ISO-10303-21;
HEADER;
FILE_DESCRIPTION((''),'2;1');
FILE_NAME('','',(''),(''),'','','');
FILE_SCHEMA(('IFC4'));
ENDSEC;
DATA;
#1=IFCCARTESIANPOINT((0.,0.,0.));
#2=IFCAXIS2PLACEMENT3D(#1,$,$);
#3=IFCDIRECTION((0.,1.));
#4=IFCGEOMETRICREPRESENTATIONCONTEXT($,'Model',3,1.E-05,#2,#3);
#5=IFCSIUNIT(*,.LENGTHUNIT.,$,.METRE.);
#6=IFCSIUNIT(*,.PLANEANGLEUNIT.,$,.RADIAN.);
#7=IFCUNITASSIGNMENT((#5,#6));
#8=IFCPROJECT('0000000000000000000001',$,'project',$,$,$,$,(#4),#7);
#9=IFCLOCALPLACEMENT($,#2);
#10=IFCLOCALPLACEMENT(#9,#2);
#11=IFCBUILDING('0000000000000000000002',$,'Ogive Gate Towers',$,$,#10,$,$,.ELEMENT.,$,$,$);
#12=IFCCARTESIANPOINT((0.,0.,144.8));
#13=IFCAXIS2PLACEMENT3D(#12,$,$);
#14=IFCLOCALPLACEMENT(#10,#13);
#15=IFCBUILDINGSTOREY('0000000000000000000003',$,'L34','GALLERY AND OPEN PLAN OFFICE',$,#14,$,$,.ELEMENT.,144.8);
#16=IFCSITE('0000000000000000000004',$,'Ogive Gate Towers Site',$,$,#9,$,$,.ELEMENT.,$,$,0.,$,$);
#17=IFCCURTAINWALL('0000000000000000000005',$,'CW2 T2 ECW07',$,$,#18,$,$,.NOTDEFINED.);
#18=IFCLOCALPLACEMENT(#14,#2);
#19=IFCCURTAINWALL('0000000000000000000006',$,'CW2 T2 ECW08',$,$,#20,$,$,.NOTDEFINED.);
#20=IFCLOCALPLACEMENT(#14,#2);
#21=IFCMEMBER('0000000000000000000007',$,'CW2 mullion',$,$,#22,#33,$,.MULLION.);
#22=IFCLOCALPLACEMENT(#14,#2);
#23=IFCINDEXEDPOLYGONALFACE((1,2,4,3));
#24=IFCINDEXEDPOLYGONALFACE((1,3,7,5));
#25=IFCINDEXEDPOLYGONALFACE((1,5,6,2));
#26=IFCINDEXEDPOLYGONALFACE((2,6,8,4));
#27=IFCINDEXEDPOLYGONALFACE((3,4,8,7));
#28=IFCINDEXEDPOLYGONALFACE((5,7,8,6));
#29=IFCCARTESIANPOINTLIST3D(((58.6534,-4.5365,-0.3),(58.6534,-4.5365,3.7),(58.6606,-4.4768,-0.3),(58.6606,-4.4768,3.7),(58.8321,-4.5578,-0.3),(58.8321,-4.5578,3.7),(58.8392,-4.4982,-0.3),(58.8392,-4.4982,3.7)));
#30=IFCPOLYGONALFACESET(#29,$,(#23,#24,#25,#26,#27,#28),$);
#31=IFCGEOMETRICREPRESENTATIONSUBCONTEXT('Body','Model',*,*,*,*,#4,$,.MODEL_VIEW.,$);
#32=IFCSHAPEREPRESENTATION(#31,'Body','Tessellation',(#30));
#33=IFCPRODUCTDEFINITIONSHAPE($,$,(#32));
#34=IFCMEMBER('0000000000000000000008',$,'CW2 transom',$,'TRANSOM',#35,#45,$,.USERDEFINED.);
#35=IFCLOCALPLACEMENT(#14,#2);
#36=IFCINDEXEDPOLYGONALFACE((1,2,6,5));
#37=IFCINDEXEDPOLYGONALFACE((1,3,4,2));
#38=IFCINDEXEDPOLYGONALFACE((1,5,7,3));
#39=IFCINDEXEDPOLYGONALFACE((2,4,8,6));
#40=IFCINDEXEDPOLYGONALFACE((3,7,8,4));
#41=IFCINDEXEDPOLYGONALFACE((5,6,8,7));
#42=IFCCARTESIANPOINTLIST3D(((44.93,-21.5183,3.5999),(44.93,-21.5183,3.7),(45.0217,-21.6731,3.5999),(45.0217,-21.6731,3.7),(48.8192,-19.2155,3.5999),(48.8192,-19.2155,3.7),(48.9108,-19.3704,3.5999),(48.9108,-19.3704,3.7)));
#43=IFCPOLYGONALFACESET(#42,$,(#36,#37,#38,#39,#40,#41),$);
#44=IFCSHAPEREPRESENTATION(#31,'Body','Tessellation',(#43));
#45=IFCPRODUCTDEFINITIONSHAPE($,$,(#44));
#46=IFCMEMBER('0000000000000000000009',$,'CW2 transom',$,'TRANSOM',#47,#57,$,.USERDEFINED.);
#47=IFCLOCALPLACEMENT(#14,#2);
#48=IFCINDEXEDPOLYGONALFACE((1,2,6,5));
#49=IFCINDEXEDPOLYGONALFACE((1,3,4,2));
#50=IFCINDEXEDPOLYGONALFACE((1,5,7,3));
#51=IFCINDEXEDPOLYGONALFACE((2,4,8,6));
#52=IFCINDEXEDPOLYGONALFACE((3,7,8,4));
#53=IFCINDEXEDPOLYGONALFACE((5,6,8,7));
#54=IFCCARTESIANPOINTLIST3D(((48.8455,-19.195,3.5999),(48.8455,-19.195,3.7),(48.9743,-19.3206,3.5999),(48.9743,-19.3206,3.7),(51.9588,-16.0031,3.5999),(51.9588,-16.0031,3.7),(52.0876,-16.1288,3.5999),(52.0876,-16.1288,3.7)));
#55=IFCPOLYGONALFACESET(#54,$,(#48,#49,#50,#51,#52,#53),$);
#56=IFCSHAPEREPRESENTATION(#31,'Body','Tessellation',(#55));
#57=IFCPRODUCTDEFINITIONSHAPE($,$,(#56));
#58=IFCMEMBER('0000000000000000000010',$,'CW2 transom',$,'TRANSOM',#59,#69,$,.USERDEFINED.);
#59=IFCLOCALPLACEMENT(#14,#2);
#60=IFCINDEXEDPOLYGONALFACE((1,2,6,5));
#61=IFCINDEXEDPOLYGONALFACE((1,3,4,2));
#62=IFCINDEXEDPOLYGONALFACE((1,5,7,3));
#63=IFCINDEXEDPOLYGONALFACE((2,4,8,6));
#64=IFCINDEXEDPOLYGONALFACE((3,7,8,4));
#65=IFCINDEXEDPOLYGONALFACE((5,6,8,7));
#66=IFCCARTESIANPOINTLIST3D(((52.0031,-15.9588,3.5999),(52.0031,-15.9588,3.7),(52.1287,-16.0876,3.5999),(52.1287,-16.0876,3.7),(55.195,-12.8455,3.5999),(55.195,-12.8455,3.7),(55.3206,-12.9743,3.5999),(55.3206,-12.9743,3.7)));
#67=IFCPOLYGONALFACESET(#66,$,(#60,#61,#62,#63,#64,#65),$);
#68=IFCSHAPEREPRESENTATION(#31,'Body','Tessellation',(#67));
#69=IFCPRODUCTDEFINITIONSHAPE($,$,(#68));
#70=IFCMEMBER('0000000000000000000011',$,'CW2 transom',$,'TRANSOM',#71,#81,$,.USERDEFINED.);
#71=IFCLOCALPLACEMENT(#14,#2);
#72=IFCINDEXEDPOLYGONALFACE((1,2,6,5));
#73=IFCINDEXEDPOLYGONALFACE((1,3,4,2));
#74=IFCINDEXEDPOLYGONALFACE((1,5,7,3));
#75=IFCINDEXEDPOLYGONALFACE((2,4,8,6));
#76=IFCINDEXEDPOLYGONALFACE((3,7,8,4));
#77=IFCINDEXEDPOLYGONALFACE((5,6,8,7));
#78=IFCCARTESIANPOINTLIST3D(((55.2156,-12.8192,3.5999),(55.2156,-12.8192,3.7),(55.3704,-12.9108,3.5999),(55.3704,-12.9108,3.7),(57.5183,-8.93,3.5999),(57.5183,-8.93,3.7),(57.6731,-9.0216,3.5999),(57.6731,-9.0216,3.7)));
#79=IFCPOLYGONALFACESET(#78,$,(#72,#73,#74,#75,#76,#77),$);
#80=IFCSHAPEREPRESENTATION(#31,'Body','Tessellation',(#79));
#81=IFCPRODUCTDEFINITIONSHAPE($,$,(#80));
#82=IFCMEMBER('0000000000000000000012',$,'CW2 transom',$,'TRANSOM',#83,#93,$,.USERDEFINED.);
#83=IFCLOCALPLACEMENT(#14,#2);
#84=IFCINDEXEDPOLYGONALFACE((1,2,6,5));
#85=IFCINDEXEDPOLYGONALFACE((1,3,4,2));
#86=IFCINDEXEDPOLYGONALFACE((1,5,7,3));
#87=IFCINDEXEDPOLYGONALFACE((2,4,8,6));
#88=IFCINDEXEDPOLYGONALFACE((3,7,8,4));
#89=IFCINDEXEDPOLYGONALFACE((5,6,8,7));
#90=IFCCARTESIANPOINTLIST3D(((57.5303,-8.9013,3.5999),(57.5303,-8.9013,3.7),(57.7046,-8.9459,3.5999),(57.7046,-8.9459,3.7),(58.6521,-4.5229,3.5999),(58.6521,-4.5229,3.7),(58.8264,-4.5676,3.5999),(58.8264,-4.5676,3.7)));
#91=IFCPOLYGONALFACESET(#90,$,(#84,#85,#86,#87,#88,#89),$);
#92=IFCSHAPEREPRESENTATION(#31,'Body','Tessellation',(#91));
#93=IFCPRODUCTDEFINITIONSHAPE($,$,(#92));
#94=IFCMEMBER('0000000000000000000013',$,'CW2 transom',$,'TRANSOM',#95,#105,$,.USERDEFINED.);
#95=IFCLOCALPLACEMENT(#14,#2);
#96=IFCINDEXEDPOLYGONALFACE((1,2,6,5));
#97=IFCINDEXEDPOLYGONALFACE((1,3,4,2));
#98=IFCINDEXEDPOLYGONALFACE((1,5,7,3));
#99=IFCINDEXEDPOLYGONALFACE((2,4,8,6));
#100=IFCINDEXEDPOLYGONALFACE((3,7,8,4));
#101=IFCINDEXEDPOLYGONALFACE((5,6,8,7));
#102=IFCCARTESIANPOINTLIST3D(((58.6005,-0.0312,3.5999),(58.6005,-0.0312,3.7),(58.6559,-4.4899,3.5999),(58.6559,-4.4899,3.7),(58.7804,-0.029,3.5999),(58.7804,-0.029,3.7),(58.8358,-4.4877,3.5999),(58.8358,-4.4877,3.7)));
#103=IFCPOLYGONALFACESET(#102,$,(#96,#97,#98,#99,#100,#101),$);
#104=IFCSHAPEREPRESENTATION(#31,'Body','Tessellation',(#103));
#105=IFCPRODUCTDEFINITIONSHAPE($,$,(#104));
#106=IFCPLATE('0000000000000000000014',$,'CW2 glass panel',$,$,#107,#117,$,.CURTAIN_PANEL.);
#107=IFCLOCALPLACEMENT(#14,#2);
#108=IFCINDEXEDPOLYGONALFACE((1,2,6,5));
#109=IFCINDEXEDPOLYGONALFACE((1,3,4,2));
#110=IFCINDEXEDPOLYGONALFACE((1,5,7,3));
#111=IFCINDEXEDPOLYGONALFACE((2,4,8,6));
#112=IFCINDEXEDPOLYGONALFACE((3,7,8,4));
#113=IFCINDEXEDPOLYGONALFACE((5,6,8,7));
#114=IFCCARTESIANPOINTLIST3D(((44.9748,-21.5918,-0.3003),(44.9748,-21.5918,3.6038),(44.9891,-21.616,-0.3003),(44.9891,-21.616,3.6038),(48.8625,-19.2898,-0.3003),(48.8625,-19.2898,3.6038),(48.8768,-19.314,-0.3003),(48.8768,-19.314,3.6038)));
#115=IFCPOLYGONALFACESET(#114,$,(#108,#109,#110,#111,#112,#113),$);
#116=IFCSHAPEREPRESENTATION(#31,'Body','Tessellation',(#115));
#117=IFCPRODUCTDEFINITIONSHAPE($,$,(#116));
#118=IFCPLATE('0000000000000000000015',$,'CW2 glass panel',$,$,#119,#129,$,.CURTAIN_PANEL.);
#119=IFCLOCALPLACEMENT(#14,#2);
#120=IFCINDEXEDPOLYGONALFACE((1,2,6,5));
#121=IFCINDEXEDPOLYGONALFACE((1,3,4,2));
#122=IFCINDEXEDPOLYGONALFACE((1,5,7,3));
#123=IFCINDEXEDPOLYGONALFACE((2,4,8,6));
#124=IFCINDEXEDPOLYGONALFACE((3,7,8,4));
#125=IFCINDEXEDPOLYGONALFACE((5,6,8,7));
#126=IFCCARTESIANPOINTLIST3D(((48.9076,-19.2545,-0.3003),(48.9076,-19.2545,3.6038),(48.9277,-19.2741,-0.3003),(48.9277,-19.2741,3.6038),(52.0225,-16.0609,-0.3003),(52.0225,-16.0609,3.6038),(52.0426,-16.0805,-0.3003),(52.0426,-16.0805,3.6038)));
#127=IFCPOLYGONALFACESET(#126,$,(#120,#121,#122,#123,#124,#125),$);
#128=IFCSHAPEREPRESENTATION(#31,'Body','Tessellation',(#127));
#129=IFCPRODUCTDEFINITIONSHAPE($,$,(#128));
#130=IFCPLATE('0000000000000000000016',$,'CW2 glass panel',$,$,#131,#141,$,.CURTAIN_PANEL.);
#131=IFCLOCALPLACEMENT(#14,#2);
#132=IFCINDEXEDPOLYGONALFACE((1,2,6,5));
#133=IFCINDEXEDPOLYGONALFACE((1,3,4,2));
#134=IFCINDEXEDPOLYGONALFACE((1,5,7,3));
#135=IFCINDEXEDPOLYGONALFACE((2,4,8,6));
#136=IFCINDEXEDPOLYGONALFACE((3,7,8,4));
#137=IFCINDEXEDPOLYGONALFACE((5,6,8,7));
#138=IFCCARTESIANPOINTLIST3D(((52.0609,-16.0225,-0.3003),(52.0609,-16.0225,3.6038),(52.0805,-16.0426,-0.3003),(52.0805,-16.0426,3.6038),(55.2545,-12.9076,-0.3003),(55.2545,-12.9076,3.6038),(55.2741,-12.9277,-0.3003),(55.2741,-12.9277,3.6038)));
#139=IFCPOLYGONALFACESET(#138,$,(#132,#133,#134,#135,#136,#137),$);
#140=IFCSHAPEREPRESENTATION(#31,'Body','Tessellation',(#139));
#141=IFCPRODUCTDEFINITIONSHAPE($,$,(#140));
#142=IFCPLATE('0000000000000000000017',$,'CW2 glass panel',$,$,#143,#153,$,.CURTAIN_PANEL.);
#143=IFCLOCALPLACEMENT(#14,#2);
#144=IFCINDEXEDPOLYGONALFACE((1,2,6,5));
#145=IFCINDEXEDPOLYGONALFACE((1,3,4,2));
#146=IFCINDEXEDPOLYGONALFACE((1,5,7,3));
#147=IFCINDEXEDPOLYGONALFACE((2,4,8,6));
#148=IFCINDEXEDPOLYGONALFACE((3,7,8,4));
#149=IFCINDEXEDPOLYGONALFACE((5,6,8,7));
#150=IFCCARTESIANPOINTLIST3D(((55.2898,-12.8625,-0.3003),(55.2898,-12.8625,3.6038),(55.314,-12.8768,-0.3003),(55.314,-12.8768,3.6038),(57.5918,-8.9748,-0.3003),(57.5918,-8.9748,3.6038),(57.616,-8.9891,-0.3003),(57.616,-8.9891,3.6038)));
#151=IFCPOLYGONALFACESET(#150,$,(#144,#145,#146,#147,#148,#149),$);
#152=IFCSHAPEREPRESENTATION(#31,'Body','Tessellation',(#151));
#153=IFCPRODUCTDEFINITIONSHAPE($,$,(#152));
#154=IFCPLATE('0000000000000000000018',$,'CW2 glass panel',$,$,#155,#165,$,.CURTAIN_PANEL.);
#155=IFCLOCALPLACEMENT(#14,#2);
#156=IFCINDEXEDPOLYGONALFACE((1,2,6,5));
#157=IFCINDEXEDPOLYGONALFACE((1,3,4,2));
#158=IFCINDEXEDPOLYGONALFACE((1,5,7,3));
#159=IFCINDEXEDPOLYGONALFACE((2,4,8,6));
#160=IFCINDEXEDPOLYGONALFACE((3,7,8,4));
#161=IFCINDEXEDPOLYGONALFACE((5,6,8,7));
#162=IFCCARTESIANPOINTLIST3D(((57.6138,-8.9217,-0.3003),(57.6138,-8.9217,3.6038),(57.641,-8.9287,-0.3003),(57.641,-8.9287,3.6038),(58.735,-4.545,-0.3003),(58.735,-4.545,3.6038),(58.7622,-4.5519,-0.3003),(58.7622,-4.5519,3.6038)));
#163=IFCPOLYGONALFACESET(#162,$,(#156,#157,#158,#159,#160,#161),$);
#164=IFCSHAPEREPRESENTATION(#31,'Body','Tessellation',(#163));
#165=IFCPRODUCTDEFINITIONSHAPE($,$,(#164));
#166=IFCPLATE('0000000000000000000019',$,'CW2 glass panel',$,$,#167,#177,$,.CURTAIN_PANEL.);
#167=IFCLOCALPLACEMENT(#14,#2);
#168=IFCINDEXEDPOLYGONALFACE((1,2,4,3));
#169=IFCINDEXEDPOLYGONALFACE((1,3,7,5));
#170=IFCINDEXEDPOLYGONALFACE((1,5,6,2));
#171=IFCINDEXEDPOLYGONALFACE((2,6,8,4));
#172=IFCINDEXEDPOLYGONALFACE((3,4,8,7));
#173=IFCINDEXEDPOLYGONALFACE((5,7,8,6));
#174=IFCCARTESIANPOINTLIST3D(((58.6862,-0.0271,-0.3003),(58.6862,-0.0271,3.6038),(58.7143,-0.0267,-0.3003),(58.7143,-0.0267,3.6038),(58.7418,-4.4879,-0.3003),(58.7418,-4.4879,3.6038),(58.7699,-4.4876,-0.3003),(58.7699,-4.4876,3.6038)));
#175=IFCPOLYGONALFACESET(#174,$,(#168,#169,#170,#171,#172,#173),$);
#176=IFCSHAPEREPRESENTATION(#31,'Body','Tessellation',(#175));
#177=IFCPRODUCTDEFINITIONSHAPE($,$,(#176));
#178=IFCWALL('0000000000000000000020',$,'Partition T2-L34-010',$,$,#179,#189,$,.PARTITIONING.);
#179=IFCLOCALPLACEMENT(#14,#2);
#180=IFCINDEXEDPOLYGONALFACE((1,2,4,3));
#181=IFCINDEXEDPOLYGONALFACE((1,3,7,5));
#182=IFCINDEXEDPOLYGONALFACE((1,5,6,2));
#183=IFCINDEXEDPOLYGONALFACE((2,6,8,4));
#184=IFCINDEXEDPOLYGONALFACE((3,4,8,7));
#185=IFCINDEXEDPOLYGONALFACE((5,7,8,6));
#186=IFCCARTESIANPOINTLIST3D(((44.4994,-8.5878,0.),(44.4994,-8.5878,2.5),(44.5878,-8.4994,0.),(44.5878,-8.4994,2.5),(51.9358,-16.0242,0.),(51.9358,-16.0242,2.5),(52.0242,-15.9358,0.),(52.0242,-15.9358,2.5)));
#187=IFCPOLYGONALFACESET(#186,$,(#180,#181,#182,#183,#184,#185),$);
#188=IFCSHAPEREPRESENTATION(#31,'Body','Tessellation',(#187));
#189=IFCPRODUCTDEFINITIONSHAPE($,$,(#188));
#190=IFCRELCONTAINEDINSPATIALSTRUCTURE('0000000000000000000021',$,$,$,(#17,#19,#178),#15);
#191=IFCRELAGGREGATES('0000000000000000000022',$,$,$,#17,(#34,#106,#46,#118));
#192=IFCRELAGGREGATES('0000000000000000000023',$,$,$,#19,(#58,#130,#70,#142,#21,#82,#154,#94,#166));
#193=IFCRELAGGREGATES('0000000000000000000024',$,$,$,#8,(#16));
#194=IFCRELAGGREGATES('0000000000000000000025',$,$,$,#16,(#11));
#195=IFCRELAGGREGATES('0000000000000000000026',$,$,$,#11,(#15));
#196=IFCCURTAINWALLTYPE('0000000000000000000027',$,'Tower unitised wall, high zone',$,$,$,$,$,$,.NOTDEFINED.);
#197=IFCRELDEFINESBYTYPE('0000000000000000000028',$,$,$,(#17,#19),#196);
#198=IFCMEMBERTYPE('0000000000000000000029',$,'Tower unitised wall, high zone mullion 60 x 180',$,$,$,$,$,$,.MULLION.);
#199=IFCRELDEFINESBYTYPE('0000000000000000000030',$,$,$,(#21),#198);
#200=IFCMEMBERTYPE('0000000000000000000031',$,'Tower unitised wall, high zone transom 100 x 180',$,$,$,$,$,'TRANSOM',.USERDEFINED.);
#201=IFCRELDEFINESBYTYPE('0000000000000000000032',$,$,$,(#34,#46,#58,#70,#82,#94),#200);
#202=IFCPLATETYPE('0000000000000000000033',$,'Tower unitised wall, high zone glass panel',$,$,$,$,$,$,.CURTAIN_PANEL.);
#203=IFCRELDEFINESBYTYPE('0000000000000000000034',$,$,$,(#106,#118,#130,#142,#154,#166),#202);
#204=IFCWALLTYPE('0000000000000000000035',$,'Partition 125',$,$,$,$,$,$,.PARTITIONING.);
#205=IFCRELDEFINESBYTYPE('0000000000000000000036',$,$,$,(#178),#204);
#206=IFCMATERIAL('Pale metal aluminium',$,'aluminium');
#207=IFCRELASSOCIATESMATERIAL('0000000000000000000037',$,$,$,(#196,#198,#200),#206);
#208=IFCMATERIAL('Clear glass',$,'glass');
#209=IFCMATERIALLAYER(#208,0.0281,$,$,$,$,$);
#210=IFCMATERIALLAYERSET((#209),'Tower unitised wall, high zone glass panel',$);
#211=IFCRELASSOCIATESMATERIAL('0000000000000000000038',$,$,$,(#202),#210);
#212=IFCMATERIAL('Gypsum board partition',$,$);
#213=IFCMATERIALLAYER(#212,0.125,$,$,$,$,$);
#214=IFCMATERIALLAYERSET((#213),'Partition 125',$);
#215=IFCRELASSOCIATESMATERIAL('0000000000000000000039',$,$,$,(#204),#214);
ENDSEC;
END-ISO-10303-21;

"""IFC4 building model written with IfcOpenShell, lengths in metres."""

from ifc_helpers import new_model, si_unit, direction, frame, frame_2d, origin, origin_2d, place, context, subcontext, project, spatial, rectangle, extrude, material, layer, layer_set, material_profile, profile_set, type_object, element, aggregate, save


model = new_model("IFC4")

# Units and contexts
model_context = context("Model", 3, precision=1e-05, world=origin(), true_north=direction((0.0, 1.0)))
body_context = subcontext(model_context, "Body", "Model", "MODEL_VIEW")
ifc_project = project(units=[si_unit("LENGTHUNIT", "METRE"), si_unit("PLANEANGLEUNIT", "RADIAN")], contexts=[model_context])

# Site, building, storey
site_placement = place(None, origin())
site = spatial("IfcSite", under=ifc_project, at=site_placement, Name="Ogive Gate Towers Site", CompositionType="ELEMENT", RefElevation=0.0)
building_placement = place(site_placement, origin())
building = spatial("IfcBuilding", under=site, at=building_placement, Name="Ogive Gate Towers", CompositionType="ELEMENT")
storey_placement = place(building_placement, frame((0.0, 0.0, 144.8)))
storey = spatial("IfcBuildingStorey", under=building, at=storey_placement, Name="L34", Description="GALLERY AND OPEN PLAN OFFICE", CompositionType="ELEMENT", Elevation=144.8)

# Curtain walls, member
ifc_material_1 = material(Name="Pale metal aluminium", Category="aluminium")
curtain_wall_type = type_object("IfcCurtainWallType", Name="Tower unitised wall, high zone", PredefinedType="NOTDEFINED", material=ifc_material_1)
curtain_wall_1_placement = place(storey_placement, origin())
curtain_wall_1 = element("IfcCurtainWall", 1, at=curtain_wall_1_placement, inside=storey, type_object=curtain_wall_type, Name="CW2 T2 ECW07", PredefinedType="NOTDEFINED")
ifc_material_profile_1 = material_profile(ifc_material_1, rectangle(XDim=0.1799, YDim=0.0601, at=origin_2d()), Name="60 x 180 aluminium box")
ifc_profile_set_1 = profile_set([ifc_material_profile_1], Name="Pale metal aluminium")
member_type_1 = type_object("IfcMemberType", Name="Tower unitised wall, high zone mullion 60 x 180", PredefinedType="MULLION", material=ifc_profile_set_1)
curtain_wall_2_placement = place(storey_placement, origin())
curtain_wall_2 = element("IfcCurtainWall", 2, at=curtain_wall_2_placement, inside=storey, type_object=curtain_wall_type, Name="CW2 T2 ECW08", PredefinedType="NOTDEFINED")
member_1_placement = place(storey_placement, frame((58.7463, -4.5173, -0.3), z_axis=(0.0, 0.0, 1.0), x_axis=(0.992908, -0.118889, 0.0)))
member_1 = element("IfcMember", 3, at=member_1_placement, type_object=member_type_1, Name="CW2 mullion", PredefinedType="MULLION", context=body_context, shape_type="SweptSolid", body=[
    extrude(rectangle(XDim=0.1799, YDim=0.0601, at=origin_2d()), origin(), (0.0, 0.0, 1.0), 4.0),
])

# Members
ifc_material_profile_2 = material_profile(ifc_material_1, rectangle(XDim=0.1799, YDim=0.1001, at=origin_2d()), Name="100 x 180 aluminium box")
ifc_profile_set_2 = profile_set([ifc_material_profile_2], Name="Pale metal aluminium")
member_type_2 = type_object("IfcMemberType", Name="Tower unitised wall, high zone transom 100 x 180", ElementType="TRANSOM", PredefinedType="USERDEFINED", material=ifc_profile_set_2)
member_2_placement = place(storey_placement, frame((44.9758, -21.5957, 3.6499), z_axis=(0.860481, 0.509483, 0.0), x_axis=(-0.509483, 0.860481, 0.0)))
member_2 = element("IfcMember", 4, at=member_2_placement, type_object=member_type_2, Name="CW2 transom", ObjectType="TRANSOM", PredefinedType="USERDEFINED", context=body_context, shape_type="SweptSolid", body=[
    extrude(rectangle(XDim=0.1799, YDim=0.1001, at=origin_2d()), origin(), (0.0, 0.0, 1.0), 4.5198),
])
member_3_placement = place(storey_placement, frame((48.9099, -19.2578, 3.6499), z_axis=(0.698236, 0.715867, 0.0), x_axis=(-0.715867, 0.698236, 0.0)))
member_3 = element("IfcMember", 5, at=member_3_placement, type_object=member_type_2, Name="CW2 transom", ObjectType="TRANSOM", PredefinedType="USERDEFINED", context=body_context, shape_type="SweptSolid", body=[
    extrude(rectangle(XDim=0.1799, YDim=0.1001, at=origin_2d()), origin(), (0.0, 0.0, 1.0), 4.4587),
])
member_4_placement = place(storey_placement, frame((52.0659, -16.0232, 3.6499), z_axis=(0.715867, 0.698236, 0.0), x_axis=(-0.698236, 0.715867, 0.0)))
member_4 = element("IfcMember", 6, at=member_4_placement, type_object=member_type_2, Name="CW2 transom", ObjectType="TRANSOM", PredefinedType="USERDEFINED", context=body_context, shape_type="SweptSolid", body=[
    extrude(rectangle(XDim=0.1799, YDim=0.1001, at=origin_2d()), origin(), (0.0, 0.0, 1.0), 4.4587),
])
member_5_placement = place(storey_placement, frame((55.293, -12.865, 3.6499), z_axis=(0.509483, 0.860481, 0.0), x_axis=(-0.860481, 0.509483, 0.0)))
member_5 = element("IfcMember", 7, at=member_5_placement, type_object=member_type_2, Name="CW2 transom", ObjectType="TRANSOM", PredefinedType="USERDEFINED", context=body_context, shape_type="SweptSolid", body=[
    extrude(rectangle(XDim=0.1799, YDim=0.1001, at=origin_2d()), origin(), (0.0, 0.0, 1.0), 4.5198),
])
member_6_placement = place(storey_placement, frame((57.6174, -8.9236, 3.6499), z_axis=(0.2482, 0.968709, 0.0), x_axis=(-0.968709, 0.2482, 0.0)))
member_6 = element("IfcMember", 8, at=member_6_placement, type_object=member_type_2, Name="CW2 transom", ObjectType="TRANSOM", PredefinedType="USERDEFINED", context=body_context, shape_type="SweptSolid", body=[
    extrude(rectangle(XDim=0.1799, YDim=0.1001, at=origin_2d()), origin(), (0.0, 0.0, 1.0), 4.5198),
])
member_7_placement = place(storey_placement, frame((58.7458, -4.4888, 3.6499), z_axis=(-0.012429, 0.999923, 0.0), x_axis=(-0.999923, -0.012429, 0.0)))
member_7 = element("IfcMember", 9, at=member_7_placement, type_object=member_type_2, Name="CW2 transom", ObjectType="TRANSOM", PredefinedType="USERDEFINED", context=body_context, shape_type="SweptSolid", body=[
    extrude(rectangle(XDim=0.1799, YDim=0.1001, at=origin_2d()), origin(), (0.0, 0.0, 1.0), 4.459),
])

# Plates
ifc_material_2 = material(Name="Clear glass", Category="glass")
ifc_layer_1 = layer(ifc_material_2, 0.0281)
ifc_layer_set_1 = layer_set([ifc_layer_1], Name="Tower unitised wall, high zone glass panel")
plate_type = type_object("IfcPlateType", Name="Tower unitised wall, high zone glass panel", PredefinedType="CURTAIN_PANEL", material=ifc_layer_set_1)
plate_1_placement = place(storey_placement, frame((46.9258, -20.4529, -0.3003), z_axis=(0.0, 0.0, 1.0), x_axis=(0.860466, 0.509507, 0.0)))
plate_1 = element("IfcPlate", 10, at=plate_1_placement, type_object=plate_type, Name="CW2 glass panel", PredefinedType="CURTAIN_PANEL", context=body_context, shape_type="SweptSolid", body=[
    extrude(rectangle(XDim=4.5181, YDim=0.0281, at=origin_2d()), origin(), (0.0, 0.0, 1.0), 3.9041),
])
plate_2_placement = place(storey_placement, frame((50.4751, -17.6675, -0.3003), z_axis=(0.0, 0.0, 1.0), x_axis=(0.69824, 0.715863, 0.0)))
plate_2 = element("IfcPlate", 11, at=plate_2_placement, type_object=plate_type, Name="CW2 glass panel", PredefinedType="CURTAIN_PANEL", context=body_context, shape_type="SweptSolid", body=[
    extrude(rectangle(XDim=4.4612, YDim=0.0281, at=origin_2d()), origin(), (0.0, 0.0, 1.0), 3.9041),
])
aggregate(curtain_wall_1, [member_2, plate_1, member_3, plate_2])
plate_3_placement = place(storey_placement, frame((53.6675, -14.4751, -0.3003), z_axis=(0.0, 0.0, 1.0), x_axis=(0.715863, 0.69824, 0.0)))
plate_3 = element("IfcPlate", 12, at=plate_3_placement, type_object=plate_type, Name="CW2 glass panel", PredefinedType="CURTAIN_PANEL", context=body_context, shape_type="SweptSolid", body=[
    extrude(rectangle(XDim=4.4612, YDim=0.0281, at=origin_2d()), origin(), (0.0, 0.0, 1.0), 3.9041),
])
plate_4_placement = place(storey_placement, frame((56.4529, -10.9258, -0.3003), z_axis=(0.0, 0.0, 1.0), x_axis=(0.509507, 0.860466, 0.0)))
plate_4 = element("IfcPlate", 13, at=plate_4_placement, type_object=plate_type, Name="CW2 glass panel", PredefinedType="CURTAIN_PANEL", context=body_context, shape_type="SweptSolid", body=[
    extrude(rectangle(XDim=4.5181, YDim=0.0281, at=origin_2d()), origin(), (0.0, 0.0, 1.0), 3.9041),
])
plate_5_placement = place(storey_placement, frame((58.188, -6.7368, -0.3003), z_axis=(0.0, 0.0, 1.0), x_axis=(0.248166, 0.968718, 0.0)))
plate_5 = element("IfcPlate", 14, at=plate_5_placement, type_object=plate_type, Name="CW2 glass panel", PredefinedType="CURTAIN_PANEL", context=body_context, shape_type="SweptSolid", body=[
    extrude(rectangle(XDim=4.5181, YDim=0.0281, at=origin_2d()), origin(), (0.0, 0.0, 1.0), 3.9041),
])
plate_6_placement = place(storey_placement, frame((58.728, -2.2573, -0.3003), z_axis=(0.0, 0.0, 1.0), x_axis=(-0.012461, 0.999922, 0.0)))
plate_6 = element("IfcPlate", 15, at=plate_6_placement, type_object=plate_type, Name="CW2 glass panel", PredefinedType="CURTAIN_PANEL", context=body_context, shape_type="SweptSolid", body=[
    extrude(rectangle(XDim=4.4612, YDim=0.0281, at=origin_2d()), origin(), (0.0, 0.0, 1.0), 3.9041),
])
aggregate(curtain_wall_2, [member_4, plate_3, member_5, plate_4, member_1, member_6, plate_5, member_7, plate_6])

# Wall
ifc_material_3 = material(Name="Gypsum board partition")
ifc_layer_2 = layer(ifc_material_3, 0.125)
ifc_layer_set_2 = layer_set([ifc_layer_2], Name="Partition 125")
wall_type = type_object("IfcWallType", Name="Partition 125", PredefinedType="PARTITIONING", material=ifc_layer_set_2)
wall_1_placement = place(storey_placement, frame((51.98, -15.98, 0.0), z_axis=(0.0, 0.0, 1.0), x_axis=(-0.707107, 0.707107, 0.0)))
element("IfcWall", 16, at=wall_1_placement, inside=storey, type_object=wall_type, Name="Partition T2-L34-010", PredefinedType="PARTITIONING", context=body_context, shape_type="SweptSolid", body=[
    extrude(rectangle(XDim=10.5166, YDim=0.125, at=frame_2d((5.2583, 0.0))), origin(), (0.0, 0.0, 1.0), 2.5),
])

save(model, "model.ifc")
